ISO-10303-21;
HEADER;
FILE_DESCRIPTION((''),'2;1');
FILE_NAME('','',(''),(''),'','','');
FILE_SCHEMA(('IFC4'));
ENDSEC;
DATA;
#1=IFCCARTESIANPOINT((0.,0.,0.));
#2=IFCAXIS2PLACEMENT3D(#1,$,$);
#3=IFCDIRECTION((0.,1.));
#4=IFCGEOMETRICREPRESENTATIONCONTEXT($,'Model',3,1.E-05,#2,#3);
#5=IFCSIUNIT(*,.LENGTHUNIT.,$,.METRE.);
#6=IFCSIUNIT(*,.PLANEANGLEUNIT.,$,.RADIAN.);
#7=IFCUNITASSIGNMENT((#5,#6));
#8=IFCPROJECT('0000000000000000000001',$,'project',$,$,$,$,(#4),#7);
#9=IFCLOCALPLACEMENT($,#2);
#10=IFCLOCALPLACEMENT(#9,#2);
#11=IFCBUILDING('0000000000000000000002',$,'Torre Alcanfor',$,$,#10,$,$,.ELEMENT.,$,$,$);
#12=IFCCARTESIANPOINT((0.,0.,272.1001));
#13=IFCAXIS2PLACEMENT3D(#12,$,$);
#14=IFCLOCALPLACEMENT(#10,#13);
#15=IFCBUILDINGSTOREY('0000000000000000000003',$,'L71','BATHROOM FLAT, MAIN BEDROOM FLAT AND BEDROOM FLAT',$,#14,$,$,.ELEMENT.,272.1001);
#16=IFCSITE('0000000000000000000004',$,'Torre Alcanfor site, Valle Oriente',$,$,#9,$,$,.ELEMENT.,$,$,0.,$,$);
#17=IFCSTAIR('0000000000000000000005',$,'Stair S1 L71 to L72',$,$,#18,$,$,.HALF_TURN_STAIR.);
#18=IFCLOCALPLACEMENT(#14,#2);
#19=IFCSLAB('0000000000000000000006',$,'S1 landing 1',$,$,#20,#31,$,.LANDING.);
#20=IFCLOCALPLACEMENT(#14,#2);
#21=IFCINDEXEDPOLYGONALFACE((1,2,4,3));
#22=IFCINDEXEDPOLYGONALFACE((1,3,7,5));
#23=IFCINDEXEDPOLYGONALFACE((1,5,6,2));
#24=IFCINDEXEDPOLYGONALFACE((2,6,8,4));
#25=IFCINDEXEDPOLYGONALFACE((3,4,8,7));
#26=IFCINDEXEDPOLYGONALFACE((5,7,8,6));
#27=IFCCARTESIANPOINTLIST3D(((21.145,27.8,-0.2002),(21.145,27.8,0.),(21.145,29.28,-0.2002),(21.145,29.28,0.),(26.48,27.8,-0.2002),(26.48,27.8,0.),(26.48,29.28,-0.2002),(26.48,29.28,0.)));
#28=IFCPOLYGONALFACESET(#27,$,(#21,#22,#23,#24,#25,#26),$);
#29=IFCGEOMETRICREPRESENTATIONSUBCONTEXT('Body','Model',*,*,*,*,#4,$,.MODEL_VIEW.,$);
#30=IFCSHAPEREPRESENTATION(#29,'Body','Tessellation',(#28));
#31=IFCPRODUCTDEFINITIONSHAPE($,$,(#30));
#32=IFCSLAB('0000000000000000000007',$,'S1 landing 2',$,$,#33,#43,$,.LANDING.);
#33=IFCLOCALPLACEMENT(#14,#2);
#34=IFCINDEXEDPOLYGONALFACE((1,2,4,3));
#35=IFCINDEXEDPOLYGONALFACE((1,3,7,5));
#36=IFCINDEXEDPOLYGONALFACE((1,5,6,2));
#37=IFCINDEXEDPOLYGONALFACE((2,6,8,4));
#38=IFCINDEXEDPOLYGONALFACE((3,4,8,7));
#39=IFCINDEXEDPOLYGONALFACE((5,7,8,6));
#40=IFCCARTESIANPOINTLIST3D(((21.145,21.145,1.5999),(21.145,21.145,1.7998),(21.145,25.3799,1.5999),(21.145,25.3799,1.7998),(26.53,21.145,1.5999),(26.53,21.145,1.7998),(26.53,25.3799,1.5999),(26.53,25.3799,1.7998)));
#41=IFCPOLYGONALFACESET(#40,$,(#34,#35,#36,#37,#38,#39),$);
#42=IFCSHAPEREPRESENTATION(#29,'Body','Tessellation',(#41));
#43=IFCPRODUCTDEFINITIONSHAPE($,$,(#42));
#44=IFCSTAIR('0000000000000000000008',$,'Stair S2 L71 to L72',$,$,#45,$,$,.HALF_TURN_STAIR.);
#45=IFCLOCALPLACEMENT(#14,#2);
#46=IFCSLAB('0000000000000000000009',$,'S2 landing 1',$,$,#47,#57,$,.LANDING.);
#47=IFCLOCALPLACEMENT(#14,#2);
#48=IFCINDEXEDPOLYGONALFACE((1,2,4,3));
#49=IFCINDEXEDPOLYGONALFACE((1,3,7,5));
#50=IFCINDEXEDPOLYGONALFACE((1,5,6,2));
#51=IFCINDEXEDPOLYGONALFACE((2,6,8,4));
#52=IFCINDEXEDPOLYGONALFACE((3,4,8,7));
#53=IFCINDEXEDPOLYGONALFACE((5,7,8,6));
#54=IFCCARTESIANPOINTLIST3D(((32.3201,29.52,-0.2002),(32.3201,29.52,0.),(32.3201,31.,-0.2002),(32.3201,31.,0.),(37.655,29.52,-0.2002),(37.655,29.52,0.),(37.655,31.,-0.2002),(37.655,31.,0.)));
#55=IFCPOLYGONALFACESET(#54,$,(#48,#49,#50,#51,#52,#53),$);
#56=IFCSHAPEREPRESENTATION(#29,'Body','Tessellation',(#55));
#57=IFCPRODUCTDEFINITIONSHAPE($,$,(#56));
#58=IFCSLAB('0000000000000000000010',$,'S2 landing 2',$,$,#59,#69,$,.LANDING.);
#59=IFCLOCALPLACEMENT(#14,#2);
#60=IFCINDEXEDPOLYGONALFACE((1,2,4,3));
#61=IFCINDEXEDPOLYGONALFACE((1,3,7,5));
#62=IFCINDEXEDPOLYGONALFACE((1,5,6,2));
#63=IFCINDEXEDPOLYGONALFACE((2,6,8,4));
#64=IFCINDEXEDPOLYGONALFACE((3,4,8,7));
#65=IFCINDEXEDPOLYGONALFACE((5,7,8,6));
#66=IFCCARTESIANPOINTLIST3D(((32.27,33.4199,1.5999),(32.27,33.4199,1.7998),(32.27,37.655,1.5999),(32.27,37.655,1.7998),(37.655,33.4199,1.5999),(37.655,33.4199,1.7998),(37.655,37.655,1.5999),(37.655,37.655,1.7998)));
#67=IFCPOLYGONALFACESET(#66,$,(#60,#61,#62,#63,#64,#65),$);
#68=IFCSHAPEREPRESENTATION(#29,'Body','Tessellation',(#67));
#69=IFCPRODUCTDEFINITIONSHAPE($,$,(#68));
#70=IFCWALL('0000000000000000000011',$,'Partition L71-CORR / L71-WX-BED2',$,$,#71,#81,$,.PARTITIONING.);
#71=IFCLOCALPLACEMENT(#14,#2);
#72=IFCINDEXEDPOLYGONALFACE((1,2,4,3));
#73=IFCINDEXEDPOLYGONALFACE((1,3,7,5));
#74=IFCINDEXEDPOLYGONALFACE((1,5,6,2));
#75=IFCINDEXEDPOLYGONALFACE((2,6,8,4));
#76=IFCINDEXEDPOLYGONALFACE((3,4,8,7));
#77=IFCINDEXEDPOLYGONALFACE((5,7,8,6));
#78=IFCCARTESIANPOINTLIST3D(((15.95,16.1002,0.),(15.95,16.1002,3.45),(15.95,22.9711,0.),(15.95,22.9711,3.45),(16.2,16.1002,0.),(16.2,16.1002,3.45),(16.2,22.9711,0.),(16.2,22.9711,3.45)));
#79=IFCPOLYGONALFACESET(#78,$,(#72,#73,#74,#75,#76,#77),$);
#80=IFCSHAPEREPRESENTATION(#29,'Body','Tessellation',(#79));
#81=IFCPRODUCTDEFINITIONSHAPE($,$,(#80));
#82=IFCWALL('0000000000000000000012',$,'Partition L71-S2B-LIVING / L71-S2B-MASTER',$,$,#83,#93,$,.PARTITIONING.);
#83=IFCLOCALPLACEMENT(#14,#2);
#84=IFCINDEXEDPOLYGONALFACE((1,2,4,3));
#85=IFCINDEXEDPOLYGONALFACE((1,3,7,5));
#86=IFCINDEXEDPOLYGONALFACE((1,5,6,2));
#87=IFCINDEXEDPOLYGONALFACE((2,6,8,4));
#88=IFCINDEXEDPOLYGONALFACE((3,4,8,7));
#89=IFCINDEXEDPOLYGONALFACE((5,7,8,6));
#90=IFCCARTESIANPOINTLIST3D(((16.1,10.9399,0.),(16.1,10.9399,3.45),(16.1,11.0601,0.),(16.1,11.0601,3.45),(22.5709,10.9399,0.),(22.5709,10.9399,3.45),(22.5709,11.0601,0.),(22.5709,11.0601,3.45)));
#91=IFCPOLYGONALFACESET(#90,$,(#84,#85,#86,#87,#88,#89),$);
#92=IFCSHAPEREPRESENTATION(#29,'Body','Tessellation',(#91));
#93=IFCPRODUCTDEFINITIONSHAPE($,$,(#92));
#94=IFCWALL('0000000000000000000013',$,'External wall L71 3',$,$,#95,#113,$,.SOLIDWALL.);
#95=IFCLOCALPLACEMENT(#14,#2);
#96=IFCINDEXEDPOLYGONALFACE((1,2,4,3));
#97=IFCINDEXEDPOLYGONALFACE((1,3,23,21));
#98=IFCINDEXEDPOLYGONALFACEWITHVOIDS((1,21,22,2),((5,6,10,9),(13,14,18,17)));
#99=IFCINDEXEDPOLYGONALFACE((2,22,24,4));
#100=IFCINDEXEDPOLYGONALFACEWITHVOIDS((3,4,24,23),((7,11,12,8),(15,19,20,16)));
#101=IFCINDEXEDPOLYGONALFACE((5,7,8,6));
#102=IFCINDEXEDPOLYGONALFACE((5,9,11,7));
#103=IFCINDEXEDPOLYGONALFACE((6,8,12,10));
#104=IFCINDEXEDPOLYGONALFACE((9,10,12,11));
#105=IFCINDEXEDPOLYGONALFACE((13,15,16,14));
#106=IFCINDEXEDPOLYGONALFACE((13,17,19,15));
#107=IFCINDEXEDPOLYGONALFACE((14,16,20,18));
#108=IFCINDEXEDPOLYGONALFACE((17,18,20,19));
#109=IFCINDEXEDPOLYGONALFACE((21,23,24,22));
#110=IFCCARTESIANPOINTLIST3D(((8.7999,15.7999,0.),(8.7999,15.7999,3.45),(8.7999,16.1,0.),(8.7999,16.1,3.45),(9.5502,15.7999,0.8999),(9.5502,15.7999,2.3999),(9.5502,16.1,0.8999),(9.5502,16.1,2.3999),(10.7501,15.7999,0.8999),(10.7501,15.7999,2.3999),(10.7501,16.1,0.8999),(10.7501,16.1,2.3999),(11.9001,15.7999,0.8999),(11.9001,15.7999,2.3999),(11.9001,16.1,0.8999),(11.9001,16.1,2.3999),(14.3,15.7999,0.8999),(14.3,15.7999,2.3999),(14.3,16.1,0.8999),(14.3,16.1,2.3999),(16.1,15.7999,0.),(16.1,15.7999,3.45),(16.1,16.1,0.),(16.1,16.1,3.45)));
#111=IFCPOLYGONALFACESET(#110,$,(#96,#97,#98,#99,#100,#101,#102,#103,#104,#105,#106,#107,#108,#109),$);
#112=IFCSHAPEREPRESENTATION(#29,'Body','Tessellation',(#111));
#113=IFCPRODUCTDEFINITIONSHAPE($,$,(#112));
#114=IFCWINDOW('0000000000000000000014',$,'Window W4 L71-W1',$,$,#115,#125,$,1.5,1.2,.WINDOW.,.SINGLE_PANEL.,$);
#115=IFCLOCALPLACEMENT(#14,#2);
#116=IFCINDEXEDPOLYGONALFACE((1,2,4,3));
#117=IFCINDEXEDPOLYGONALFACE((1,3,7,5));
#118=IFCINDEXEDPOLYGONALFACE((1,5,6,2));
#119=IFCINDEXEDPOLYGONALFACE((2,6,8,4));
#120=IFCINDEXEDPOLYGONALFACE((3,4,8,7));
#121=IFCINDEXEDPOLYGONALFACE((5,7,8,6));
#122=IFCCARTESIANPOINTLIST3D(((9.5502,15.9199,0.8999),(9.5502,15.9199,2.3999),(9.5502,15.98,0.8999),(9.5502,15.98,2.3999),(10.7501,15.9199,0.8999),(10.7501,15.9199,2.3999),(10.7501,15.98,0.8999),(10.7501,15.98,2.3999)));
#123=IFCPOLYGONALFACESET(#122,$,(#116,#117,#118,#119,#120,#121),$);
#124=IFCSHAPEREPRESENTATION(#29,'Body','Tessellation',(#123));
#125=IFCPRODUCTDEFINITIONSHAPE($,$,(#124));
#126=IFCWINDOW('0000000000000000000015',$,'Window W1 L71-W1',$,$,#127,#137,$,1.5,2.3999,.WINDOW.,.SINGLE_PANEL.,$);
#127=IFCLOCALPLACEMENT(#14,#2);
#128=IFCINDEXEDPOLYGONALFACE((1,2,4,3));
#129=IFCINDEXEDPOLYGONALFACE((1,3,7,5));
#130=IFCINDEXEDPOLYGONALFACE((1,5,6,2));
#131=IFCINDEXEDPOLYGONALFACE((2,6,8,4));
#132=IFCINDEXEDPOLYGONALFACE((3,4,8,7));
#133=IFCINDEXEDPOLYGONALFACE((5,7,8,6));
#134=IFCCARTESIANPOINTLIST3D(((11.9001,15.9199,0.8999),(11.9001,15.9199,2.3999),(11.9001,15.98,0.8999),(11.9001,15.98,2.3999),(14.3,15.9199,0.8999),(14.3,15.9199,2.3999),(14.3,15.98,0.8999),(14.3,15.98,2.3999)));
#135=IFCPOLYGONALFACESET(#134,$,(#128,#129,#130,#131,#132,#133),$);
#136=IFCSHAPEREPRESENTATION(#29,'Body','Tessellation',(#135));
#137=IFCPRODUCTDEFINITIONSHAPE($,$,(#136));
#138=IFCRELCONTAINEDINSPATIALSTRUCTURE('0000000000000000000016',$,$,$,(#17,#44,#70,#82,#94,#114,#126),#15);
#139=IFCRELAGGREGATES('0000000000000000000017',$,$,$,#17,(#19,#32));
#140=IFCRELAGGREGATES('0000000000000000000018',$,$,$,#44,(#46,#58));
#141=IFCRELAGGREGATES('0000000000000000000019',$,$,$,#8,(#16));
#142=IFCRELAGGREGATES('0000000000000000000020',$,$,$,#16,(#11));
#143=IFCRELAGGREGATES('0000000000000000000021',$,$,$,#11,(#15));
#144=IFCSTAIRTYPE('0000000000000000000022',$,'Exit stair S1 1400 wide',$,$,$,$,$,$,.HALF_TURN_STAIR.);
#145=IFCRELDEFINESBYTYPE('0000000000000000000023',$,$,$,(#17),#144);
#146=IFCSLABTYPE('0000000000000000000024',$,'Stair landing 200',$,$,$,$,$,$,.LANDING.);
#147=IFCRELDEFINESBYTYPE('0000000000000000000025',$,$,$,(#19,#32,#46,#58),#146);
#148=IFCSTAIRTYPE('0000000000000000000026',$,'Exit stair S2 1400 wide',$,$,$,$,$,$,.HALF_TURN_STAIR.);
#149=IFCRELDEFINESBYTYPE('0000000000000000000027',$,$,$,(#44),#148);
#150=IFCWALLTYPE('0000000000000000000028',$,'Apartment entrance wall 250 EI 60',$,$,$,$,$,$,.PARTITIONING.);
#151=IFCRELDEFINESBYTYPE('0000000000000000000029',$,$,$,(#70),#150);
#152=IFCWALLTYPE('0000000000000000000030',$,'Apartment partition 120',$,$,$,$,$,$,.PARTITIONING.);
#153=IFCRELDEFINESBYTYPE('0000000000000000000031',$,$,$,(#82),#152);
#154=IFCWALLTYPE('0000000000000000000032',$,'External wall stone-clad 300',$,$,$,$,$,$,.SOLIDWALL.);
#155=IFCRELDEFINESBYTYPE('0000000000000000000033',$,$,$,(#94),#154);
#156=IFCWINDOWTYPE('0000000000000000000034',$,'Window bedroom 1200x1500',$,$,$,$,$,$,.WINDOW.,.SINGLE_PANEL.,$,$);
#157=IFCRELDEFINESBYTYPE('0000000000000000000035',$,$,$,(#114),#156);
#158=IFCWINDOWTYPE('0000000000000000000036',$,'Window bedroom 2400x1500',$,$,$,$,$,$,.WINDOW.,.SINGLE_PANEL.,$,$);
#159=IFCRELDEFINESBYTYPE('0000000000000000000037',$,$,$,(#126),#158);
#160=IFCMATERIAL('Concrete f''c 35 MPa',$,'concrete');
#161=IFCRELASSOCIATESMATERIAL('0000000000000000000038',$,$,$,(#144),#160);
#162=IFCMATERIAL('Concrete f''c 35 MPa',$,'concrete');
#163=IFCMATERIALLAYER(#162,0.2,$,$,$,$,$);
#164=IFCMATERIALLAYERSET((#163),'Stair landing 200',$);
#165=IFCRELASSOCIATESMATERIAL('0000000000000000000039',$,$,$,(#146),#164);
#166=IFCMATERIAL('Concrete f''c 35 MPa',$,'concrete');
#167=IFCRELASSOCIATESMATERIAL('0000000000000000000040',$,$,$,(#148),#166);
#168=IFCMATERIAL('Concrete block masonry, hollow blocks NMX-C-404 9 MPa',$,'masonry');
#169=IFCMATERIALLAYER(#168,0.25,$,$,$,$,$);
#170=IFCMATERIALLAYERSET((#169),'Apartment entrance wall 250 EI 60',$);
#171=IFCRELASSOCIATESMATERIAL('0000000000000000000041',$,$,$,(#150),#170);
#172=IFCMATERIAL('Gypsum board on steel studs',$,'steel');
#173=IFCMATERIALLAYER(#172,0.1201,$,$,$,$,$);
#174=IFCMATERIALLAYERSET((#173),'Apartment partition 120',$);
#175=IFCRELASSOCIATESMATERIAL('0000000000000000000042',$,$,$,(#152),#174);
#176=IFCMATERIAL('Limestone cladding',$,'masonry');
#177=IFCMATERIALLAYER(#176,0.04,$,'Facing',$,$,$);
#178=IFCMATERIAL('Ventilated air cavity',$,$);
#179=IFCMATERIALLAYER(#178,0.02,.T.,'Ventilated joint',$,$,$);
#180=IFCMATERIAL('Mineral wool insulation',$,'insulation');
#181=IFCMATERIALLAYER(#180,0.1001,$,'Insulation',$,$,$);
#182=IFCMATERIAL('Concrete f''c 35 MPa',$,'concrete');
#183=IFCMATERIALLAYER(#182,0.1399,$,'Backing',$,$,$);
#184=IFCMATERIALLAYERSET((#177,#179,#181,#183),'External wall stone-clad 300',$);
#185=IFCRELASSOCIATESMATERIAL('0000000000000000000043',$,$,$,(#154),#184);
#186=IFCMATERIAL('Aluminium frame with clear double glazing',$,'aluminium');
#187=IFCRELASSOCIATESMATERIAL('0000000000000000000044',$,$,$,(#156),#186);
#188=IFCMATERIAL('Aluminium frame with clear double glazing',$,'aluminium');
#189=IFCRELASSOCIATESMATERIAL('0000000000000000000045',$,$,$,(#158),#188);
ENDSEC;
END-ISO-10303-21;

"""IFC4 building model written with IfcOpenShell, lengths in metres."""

from ifc_helpers import new_model, si_unit, direction, frame, frame_2d, origin, place, context, subcontext, project, spatial, polyline, rectangle, outline, extrude, material, layer, layer_set, type_object, element, fill, aggregate, save


model = new_model("IFC4")

# Units and contexts
model_context = context("Model", 3, precision=1e-05, world=origin(), true_north=direction((0.0, 1.0)))
body_context = subcontext(model_context, "Body", "Model", "MODEL_VIEW")
ifc_project = project(units=[si_unit("LENGTHUNIT", "METRE"), si_unit("PLANEANGLEUNIT", "RADIAN")], contexts=[model_context])

# Site, building, storey
site_placement = place(None, origin())
site = spatial("IfcSite", under=ifc_project, at=site_placement, Name="Torre Alcanfor site, Valle Oriente", CompositionType="ELEMENT", RefElevation=0.0)
building_placement = place(site_placement, origin())
building = spatial("IfcBuilding", under=site, at=building_placement, Name="Torre Alcanfor", CompositionType="ELEMENT")
storey_placement = place(building_placement, frame((0.0, 0.0, 272.1001)))
storey = spatial("IfcBuildingStorey", under=building, at=storey_placement, Name="L71", Description="BATHROOM FLAT, MAIN BEDROOM FLAT AND BEDROOM FLAT", CompositionType="ELEMENT", Elevation=272.1001)

# Stairs, slabs
ifc_material_1 = material(Name="Concrete f'c 35 MPa", Category="concrete")
stair_type_1 = type_object("IfcStairType", Name="Exit stair S1 1400 wide", PredefinedType="HALF_TURN_STAIR", material=ifc_material_1)
stair_1_placement = place(storey_placement, origin())
stair_1 = element("IfcStair", 1, at=stair_1_placement, inside=storey, type_object=stair_type_1, Name="Stair S1 L71 to L72", PredefinedType="HALF_TURN_STAIR")
ifc_material_2 = material(Name="Concrete f'c 35 MPa", Category="concrete")
ifc_layer_1 = layer(ifc_material_2, 0.2)
ifc_layer_set_1 = layer_set([ifc_layer_1], Name="Stair landing 200")
slab_type_1 = type_object("IfcSlabType", Name="Stair landing 200", PredefinedType="LANDING", material=ifc_layer_set_1)
slab_1_placement = place(storey_placement, frame((0.0, 0.0, -0.2002)))
slab_1 = element("IfcSlab", 2, at=slab_1_placement, type_object=slab_type_1, Name="S1 landing 1", PredefinedType="LANDING", context=body_context, shape_type="SweptSolid", body=[
    extrude(outline(polyline([(21.145, 27.8), (26.48, 27.8), (26.48, 29.28), (21.145, 29.28), (21.145, 27.8)])), origin(), (0.0, 0.0, 1.0), 0.2002),
])
slab_2_placement = place(storey_placement, frame((0.0, 0.0, 1.5999)))
slab_2 = element("IfcSlab", 3, at=slab_2_placement, type_object=slab_type_1, Name="S1 landing 2", PredefinedType="LANDING", context=body_context, shape_type="SweptSolid", body=[
    extrude(outline(polyline([(21.145, 21.145), (26.53, 21.145), (26.53, 25.3799), (21.145, 25.3799), (21.145, 21.145)])), origin(), (0.0, 0.0, 1.0), 0.2),
])
aggregate(stair_1, [slab_1, slab_2])
ifc_material_3 = material(Name="Concrete f'c 35 MPa", Category="concrete")
stair_type_2 = type_object("IfcStairType", Name="Exit stair S2 1400 wide", PredefinedType="HALF_TURN_STAIR", material=ifc_material_3)
stair_2_placement = place(storey_placement, origin())
stair_2 = element("IfcStair", 4, at=stair_2_placement, inside=storey, type_object=stair_type_2, Name="Stair S2 L71 to L72", PredefinedType="HALF_TURN_STAIR")
slab_3_placement = place(storey_placement, frame((0.0, 0.0, -0.2002)))
slab_3 = element("IfcSlab", 5, at=slab_3_placement, type_object=slab_type_1, Name="S2 landing 1", PredefinedType="LANDING", context=body_context, shape_type="SweptSolid", body=[
    extrude(outline(polyline([(32.3201, 29.52), (37.655, 29.52), (37.655, 31.0), (32.3201, 31.0), (32.3201, 29.52)])), origin(), (0.0, 0.0, 1.0), 0.2002),
])
slab_4_placement = place(storey_placement, frame((0.0, 0.0, 1.5999)))
slab_4 = element("IfcSlab", 6, at=slab_4_placement, type_object=slab_type_1, Name="S2 landing 2", PredefinedType="LANDING", context=body_context, shape_type="SweptSolid", body=[
    extrude(outline(polyline([(32.27, 33.4199), (37.655, 33.4199), (37.655, 37.655), (32.27, 37.655), (32.27, 33.4199)])), origin(), (0.0, 0.0, 1.0), 0.2),
])
aggregate(stair_2, [slab_3, slab_4])

# Walls
ifc_material_4 = material(Name="Concrete block masonry, hollow blocks NMX-C-404 9 MPa", Category="masonry")
ifc_layer_2 = layer(ifc_material_4, 0.25)
ifc_layer_set_2 = layer_set([ifc_layer_2], Name="Apartment entrance wall 250 EI 60")
wall_type_1 = type_object("IfcWallType", Name="Apartment entrance wall 250 EI 60", PredefinedType="PARTITIONING", material=ifc_layer_set_2)
wall_1_placement = place(storey_placement, frame((16.075, 16.1001, 0.0), z_axis=(0.0, 0.0, 1.0), x_axis=(0.0, 1.0, 0.0)))
element("IfcWall", 7, at=wall_1_placement, inside=storey, type_object=wall_type_1, Name="Partition L71-CORR / L71-WX-BED2", PredefinedType="PARTITIONING", context=body_context, shape_type="SweptSolid", body=[
    extrude(rectangle(XDim=6.8708, YDim=0.25, at=frame_2d((3.4355, 0.0))), origin(), (0.0, 0.0, 1.0), 3.45),
])
ifc_material_5 = material(Name="Gypsum board on steel studs", Category="steel")
ifc_layer_3 = layer(ifc_material_5, 0.1201)
ifc_layer_set_3 = layer_set([ifc_layer_3], Name="Apartment partition 120")
wall_type_2 = type_object("IfcWallType", Name="Apartment partition 120", PredefinedType="PARTITIONING", material=ifc_layer_set_3)
wall_2_placement = place(storey_placement, frame((16.1001, 11.0, 0.0), z_axis=(0.0, 0.0, 1.0), x_axis=(1.0, 0.0, 0.0)))
element("IfcWall", 8, at=wall_2_placement, inside=storey, type_object=wall_type_2, Name="Partition L71-S2B-LIVING / L71-S2B-MASTER", PredefinedType="PARTITIONING", context=body_context, shape_type="SweptSolid", body=[
    extrude(rectangle(XDim=6.4709, YDim=0.1201, at=frame_2d((3.2354, 0.0))), origin(), (0.0, 0.0, 1.0), 3.45),
])

# Wall, openings, windows
ifc_material_6 = material(Name="Limestone cladding", Category="masonry")
ifc_layer_4 = layer(ifc_material_6, 0.04, Name="Facing")
ifc_material_7 = material(Name="Ventilated air cavity")
ifc_layer_5 = layer(ifc_material_7, 0.02, ventilated=True, Name="Ventilated joint")
ifc_material_8 = material(Name="Mineral wool insulation", Category="insulation")
ifc_layer_6 = layer(ifc_material_8, 0.1001, Name="Insulation")
ifc_material_9 = material(Name="Concrete f'c 35 MPa", Category="concrete")
ifc_layer_7 = layer(ifc_material_9, 0.1399, Name="Backing")
ifc_layer_set_4 = layer_set([ifc_layer_4, ifc_layer_5, ifc_layer_6, ifc_layer_7], Name="External wall stone-clad 300")
wall_type_3 = type_object("IfcWallType", Name="External wall stone-clad 300", PredefinedType="SOLIDWALL", material=ifc_layer_set_4)
wall_3_placement = place(storey_placement, frame((8.8, 15.95, 0.0), z_axis=(0.0, 0.0, 1.0), x_axis=(1.0, 0.0, 0.0)))
wall_3 = element("IfcWall", 9, at=wall_3_placement, inside=storey, type_object=wall_type_3, Name="External wall L71 3", PredefinedType="SOLIDWALL", context=body_context, shape_type="SweptSolid", body=[
    extrude(rectangle(XDim=7.3, YDim=0.3, at=frame_2d((3.6499, 0.0))), origin(), (0.0, 0.0, 1.0), 3.45),
])
opening_1_placement = place(wall_3_placement, frame((3.1001, 0.0, 0.8999)))
opening_1 = element("IfcOpeningElement", 10, at=opening_1_placement, cuts=wall_3, PredefinedType="OPENING", context=body_context, shape_type="SweptSolid", body=[
    extrude(rectangle(XDim=2.3999, YDim=1.5, at=frame_2d((1.2, 0.75))), frame((0.0, 0.1599, 0.0), z_axis=(0.0, -1.0, 0.0), x_axis=(1.0, 0.0, 0.0)), (0.0, 0.0, 1.0), 0.3201),
])
opening_2_placement = place(wall_3_placement, frame((0.75, 0.0, 0.8999)))
opening_2 = element("IfcOpeningElement", 11, at=opening_2_placement, cuts=wall_3, PredefinedType="OPENING", context=body_context, shape_type="SweptSolid", body=[
    extrude(rectangle(XDim=1.2, YDim=1.5, at=frame_2d((0.6001, 0.75))), frame((0.0, 0.1599, 0.0), z_axis=(0.0, -1.0, 0.0), x_axis=(1.0, 0.0, 0.0)), (0.0, 0.0, 1.0), 0.3201),
])
ifc_material_10 = material(Name="Aluminium frame with clear double glazing", Category="aluminium")
window_type_1 = type_object("IfcWindowType", Name="Window bedroom 1200x1500", PartitioningType="SINGLE_PANEL", PredefinedType="WINDOW", material=ifc_material_10)
window_1_placement = place(opening_2_placement, origin())
window_1 = element("IfcWindow", 12, at=window_1_placement, inside=storey, type_object=window_type_1, Name="Window W4 L71-W1", OverallHeight=1.5, OverallWidth=1.2, PartitioningType="SINGLE_PANEL", PredefinedType="WINDOW", context=body_context, shape_type="SweptSolid", body=[
    extrude(rectangle(XDim=1.2, YDim=1.5, at=frame_2d((0.6001, 0.75))), frame((0.0, 0.03, 0.0), z_axis=(0.0, -1.0, 0.0), x_axis=(1.0, 0.0, 0.0)), (0.0, 0.0, 1.0), 0.0601),
])
fill(opening_2, window_1)
ifc_material_11 = material(Name="Aluminium frame with clear double glazing", Category="aluminium")
window_type_2 = type_object("IfcWindowType", Name="Window bedroom 2400x1500", PartitioningType="SINGLE_PANEL", PredefinedType="WINDOW", material=ifc_material_11)
window_2_placement = place(opening_1_placement, origin())
window_2 = element("IfcWindow", 13, at=window_2_placement, inside=storey, type_object=window_type_2, Name="Window W1 L71-W1", OverallHeight=1.5, OverallWidth=2.3999, PartitioningType="SINGLE_PANEL", PredefinedType="WINDOW", context=body_context, shape_type="SweptSolid", body=[
    extrude(rectangle(XDim=2.3999, YDim=1.5, at=frame_2d((1.2, 0.75))), frame((0.0, 0.03, 0.0), z_axis=(0.0, -1.0, 0.0), x_axis=(1.0, 0.0, 0.0)), (0.0, 0.0, 1.0), 0.0601),
])
fill(opening_1, window_2)

save(model, "model.ifc")
